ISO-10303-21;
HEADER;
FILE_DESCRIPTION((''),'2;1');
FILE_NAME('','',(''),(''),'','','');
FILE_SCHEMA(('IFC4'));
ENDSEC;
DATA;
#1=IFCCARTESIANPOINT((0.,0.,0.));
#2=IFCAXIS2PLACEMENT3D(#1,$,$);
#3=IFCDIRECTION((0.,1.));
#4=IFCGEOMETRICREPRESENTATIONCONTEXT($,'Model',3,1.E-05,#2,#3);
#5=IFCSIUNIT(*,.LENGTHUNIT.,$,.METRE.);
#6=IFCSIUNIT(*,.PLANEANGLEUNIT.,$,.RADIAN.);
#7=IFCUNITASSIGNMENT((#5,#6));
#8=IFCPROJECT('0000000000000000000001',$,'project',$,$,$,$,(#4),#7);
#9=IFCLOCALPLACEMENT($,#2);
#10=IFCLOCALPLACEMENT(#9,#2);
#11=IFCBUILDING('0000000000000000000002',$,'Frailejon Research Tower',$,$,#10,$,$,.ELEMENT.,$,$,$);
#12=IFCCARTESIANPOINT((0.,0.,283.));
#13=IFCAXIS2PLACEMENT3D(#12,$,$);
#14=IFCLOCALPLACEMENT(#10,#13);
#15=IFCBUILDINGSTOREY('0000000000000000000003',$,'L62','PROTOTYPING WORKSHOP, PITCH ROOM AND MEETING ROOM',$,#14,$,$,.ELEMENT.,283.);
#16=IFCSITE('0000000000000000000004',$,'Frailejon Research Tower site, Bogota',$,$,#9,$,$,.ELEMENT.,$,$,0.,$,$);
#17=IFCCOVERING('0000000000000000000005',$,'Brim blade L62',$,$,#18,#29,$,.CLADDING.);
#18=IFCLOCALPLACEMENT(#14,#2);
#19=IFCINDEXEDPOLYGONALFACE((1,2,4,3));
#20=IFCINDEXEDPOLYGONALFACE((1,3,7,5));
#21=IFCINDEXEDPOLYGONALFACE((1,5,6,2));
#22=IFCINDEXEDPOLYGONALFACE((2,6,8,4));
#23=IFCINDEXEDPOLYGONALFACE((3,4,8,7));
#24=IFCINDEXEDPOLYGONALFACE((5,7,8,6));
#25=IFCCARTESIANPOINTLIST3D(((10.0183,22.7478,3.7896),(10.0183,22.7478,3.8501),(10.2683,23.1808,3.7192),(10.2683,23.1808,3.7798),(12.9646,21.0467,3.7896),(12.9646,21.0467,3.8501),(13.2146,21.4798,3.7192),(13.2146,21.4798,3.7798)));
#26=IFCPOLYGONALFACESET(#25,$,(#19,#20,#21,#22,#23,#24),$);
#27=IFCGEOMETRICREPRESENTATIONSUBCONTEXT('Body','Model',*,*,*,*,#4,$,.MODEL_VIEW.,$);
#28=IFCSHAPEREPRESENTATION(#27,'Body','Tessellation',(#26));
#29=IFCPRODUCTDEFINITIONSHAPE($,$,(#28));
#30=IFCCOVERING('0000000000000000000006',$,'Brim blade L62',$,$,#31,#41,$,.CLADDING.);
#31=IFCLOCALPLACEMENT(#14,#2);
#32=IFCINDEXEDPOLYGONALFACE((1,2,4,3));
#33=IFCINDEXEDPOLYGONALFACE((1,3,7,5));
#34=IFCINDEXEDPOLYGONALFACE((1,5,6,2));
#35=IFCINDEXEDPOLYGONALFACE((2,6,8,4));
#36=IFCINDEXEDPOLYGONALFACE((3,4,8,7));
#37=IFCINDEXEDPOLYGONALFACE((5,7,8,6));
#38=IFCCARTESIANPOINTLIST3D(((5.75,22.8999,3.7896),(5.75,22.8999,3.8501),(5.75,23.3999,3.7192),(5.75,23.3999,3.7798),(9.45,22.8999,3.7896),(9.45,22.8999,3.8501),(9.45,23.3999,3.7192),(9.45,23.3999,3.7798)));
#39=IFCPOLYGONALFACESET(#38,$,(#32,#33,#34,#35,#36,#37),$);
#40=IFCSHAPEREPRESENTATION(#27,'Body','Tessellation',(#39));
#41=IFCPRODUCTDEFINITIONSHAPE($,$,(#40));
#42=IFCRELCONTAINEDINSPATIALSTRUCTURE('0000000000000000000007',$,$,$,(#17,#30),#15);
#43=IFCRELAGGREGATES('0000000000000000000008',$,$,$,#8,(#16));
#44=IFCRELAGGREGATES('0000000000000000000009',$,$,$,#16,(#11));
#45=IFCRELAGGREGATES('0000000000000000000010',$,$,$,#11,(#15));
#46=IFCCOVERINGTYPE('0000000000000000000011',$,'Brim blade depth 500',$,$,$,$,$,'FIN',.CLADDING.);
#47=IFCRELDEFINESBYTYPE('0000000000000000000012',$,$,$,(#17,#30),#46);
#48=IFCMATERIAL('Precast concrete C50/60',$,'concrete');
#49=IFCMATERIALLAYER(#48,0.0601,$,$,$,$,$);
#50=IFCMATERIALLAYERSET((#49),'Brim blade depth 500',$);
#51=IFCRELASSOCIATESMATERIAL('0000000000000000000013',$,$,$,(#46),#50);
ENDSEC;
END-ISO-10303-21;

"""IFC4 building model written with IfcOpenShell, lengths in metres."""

from ifc_helpers import new_model, si_unit, direction, frame, origin, place, context, subcontext, project, spatial, polyline, outline, extrude, material, layer, layer_set, type_object, element, save


model = new_model("IFC4")

# Units and contexts
model_context = context("Model", 3, precision=1e-05, world=origin(), true_north=direction((0.0, 1.0)))
body_context = subcontext(model_context, "Body", "Model", "MODEL_VIEW")
ifc_project = project(units=[si_unit("LENGTHUNIT", "METRE"), si_unit("PLANEANGLEUNIT", "RADIAN")], contexts=[model_context])

# Site, building, storey
site_placement = place(None, origin())
site = spatial("IfcSite", under=ifc_project, at=site_placement, Name="Frailejon Research Tower site, Bogota", CompositionType="ELEMENT", RefElevation=0.0)
building_placement = place(site_placement, origin())
building = spatial("IfcBuilding", under=site, at=building_placement, Name="Frailejon Research Tower", CompositionType="ELEMENT")
storey_placement = place(building_placement, frame((0.0, 0.0, 283.0)))
storey = spatial("IfcBuildingStorey", under=building, at=storey_placement, Name="L62", Description="PROTOTYPING WORKSHOP, PITCH ROOM AND MEETING ROOM", CompositionType="ELEMENT", Elevation=283.0)

# Coverings
ifc_material_1 = material(Name="Precast concrete C50/60", Category="concrete")
ifc_layer_1 = layer(ifc_material_1, 0.0601)
ifc_layer_set_1 = layer_set([ifc_layer_1], Name="Brim blade depth 500")
covering_type_1 = type_object("IfcCoveringType", Name="Brim blade depth 500", ElementType="FIN", PredefinedType="CLADDING", material=ifc_layer_set_1)
covering_1_placement = place(storey_placement, frame((10.0183, 22.7478, 3.8501), z_axis=(0.866024, -0.500003, 0.0), x_axis=(0.500003, 0.866024, 0.0)))
element("IfcCovering", 1, at=covering_1_placement, inside=storey, type_object=covering_type_1, Name="Brim blade L62", PredefinedType="CLADDING", context=body_context, shape_type="SweptSolid", body=[
    extrude(outline(polyline([(0.0, -0.0605), (0.5, -0.1309), (0.5, -0.0703), (0.0, 0.0), (0.0, -0.0605)])), origin(), (0.0, 0.0, 1.0), 3.4021),
])
covering_2_placement = place(storey_placement, frame((5.75, 22.8999, 3.8501), z_axis=(1.0, 0.0, 0.0), x_axis=(0.0, 1.0, 0.0)))
element("IfcCovering", 2, at=covering_2_placement, inside=storey, type_object=covering_type_1, Name="Brim blade L62", PredefinedType="CLADDING", context=body_context, shape_type="SweptSolid", body=[
    extrude(outline(polyline([(0.0, -0.0605), (0.5, -0.1309), (0.5, -0.0703), (0.0, 0.0), (0.0, -0.0605)])), origin(), (0.0, 0.0, 1.0), 3.7),
])

save(model, "model.ifc")
